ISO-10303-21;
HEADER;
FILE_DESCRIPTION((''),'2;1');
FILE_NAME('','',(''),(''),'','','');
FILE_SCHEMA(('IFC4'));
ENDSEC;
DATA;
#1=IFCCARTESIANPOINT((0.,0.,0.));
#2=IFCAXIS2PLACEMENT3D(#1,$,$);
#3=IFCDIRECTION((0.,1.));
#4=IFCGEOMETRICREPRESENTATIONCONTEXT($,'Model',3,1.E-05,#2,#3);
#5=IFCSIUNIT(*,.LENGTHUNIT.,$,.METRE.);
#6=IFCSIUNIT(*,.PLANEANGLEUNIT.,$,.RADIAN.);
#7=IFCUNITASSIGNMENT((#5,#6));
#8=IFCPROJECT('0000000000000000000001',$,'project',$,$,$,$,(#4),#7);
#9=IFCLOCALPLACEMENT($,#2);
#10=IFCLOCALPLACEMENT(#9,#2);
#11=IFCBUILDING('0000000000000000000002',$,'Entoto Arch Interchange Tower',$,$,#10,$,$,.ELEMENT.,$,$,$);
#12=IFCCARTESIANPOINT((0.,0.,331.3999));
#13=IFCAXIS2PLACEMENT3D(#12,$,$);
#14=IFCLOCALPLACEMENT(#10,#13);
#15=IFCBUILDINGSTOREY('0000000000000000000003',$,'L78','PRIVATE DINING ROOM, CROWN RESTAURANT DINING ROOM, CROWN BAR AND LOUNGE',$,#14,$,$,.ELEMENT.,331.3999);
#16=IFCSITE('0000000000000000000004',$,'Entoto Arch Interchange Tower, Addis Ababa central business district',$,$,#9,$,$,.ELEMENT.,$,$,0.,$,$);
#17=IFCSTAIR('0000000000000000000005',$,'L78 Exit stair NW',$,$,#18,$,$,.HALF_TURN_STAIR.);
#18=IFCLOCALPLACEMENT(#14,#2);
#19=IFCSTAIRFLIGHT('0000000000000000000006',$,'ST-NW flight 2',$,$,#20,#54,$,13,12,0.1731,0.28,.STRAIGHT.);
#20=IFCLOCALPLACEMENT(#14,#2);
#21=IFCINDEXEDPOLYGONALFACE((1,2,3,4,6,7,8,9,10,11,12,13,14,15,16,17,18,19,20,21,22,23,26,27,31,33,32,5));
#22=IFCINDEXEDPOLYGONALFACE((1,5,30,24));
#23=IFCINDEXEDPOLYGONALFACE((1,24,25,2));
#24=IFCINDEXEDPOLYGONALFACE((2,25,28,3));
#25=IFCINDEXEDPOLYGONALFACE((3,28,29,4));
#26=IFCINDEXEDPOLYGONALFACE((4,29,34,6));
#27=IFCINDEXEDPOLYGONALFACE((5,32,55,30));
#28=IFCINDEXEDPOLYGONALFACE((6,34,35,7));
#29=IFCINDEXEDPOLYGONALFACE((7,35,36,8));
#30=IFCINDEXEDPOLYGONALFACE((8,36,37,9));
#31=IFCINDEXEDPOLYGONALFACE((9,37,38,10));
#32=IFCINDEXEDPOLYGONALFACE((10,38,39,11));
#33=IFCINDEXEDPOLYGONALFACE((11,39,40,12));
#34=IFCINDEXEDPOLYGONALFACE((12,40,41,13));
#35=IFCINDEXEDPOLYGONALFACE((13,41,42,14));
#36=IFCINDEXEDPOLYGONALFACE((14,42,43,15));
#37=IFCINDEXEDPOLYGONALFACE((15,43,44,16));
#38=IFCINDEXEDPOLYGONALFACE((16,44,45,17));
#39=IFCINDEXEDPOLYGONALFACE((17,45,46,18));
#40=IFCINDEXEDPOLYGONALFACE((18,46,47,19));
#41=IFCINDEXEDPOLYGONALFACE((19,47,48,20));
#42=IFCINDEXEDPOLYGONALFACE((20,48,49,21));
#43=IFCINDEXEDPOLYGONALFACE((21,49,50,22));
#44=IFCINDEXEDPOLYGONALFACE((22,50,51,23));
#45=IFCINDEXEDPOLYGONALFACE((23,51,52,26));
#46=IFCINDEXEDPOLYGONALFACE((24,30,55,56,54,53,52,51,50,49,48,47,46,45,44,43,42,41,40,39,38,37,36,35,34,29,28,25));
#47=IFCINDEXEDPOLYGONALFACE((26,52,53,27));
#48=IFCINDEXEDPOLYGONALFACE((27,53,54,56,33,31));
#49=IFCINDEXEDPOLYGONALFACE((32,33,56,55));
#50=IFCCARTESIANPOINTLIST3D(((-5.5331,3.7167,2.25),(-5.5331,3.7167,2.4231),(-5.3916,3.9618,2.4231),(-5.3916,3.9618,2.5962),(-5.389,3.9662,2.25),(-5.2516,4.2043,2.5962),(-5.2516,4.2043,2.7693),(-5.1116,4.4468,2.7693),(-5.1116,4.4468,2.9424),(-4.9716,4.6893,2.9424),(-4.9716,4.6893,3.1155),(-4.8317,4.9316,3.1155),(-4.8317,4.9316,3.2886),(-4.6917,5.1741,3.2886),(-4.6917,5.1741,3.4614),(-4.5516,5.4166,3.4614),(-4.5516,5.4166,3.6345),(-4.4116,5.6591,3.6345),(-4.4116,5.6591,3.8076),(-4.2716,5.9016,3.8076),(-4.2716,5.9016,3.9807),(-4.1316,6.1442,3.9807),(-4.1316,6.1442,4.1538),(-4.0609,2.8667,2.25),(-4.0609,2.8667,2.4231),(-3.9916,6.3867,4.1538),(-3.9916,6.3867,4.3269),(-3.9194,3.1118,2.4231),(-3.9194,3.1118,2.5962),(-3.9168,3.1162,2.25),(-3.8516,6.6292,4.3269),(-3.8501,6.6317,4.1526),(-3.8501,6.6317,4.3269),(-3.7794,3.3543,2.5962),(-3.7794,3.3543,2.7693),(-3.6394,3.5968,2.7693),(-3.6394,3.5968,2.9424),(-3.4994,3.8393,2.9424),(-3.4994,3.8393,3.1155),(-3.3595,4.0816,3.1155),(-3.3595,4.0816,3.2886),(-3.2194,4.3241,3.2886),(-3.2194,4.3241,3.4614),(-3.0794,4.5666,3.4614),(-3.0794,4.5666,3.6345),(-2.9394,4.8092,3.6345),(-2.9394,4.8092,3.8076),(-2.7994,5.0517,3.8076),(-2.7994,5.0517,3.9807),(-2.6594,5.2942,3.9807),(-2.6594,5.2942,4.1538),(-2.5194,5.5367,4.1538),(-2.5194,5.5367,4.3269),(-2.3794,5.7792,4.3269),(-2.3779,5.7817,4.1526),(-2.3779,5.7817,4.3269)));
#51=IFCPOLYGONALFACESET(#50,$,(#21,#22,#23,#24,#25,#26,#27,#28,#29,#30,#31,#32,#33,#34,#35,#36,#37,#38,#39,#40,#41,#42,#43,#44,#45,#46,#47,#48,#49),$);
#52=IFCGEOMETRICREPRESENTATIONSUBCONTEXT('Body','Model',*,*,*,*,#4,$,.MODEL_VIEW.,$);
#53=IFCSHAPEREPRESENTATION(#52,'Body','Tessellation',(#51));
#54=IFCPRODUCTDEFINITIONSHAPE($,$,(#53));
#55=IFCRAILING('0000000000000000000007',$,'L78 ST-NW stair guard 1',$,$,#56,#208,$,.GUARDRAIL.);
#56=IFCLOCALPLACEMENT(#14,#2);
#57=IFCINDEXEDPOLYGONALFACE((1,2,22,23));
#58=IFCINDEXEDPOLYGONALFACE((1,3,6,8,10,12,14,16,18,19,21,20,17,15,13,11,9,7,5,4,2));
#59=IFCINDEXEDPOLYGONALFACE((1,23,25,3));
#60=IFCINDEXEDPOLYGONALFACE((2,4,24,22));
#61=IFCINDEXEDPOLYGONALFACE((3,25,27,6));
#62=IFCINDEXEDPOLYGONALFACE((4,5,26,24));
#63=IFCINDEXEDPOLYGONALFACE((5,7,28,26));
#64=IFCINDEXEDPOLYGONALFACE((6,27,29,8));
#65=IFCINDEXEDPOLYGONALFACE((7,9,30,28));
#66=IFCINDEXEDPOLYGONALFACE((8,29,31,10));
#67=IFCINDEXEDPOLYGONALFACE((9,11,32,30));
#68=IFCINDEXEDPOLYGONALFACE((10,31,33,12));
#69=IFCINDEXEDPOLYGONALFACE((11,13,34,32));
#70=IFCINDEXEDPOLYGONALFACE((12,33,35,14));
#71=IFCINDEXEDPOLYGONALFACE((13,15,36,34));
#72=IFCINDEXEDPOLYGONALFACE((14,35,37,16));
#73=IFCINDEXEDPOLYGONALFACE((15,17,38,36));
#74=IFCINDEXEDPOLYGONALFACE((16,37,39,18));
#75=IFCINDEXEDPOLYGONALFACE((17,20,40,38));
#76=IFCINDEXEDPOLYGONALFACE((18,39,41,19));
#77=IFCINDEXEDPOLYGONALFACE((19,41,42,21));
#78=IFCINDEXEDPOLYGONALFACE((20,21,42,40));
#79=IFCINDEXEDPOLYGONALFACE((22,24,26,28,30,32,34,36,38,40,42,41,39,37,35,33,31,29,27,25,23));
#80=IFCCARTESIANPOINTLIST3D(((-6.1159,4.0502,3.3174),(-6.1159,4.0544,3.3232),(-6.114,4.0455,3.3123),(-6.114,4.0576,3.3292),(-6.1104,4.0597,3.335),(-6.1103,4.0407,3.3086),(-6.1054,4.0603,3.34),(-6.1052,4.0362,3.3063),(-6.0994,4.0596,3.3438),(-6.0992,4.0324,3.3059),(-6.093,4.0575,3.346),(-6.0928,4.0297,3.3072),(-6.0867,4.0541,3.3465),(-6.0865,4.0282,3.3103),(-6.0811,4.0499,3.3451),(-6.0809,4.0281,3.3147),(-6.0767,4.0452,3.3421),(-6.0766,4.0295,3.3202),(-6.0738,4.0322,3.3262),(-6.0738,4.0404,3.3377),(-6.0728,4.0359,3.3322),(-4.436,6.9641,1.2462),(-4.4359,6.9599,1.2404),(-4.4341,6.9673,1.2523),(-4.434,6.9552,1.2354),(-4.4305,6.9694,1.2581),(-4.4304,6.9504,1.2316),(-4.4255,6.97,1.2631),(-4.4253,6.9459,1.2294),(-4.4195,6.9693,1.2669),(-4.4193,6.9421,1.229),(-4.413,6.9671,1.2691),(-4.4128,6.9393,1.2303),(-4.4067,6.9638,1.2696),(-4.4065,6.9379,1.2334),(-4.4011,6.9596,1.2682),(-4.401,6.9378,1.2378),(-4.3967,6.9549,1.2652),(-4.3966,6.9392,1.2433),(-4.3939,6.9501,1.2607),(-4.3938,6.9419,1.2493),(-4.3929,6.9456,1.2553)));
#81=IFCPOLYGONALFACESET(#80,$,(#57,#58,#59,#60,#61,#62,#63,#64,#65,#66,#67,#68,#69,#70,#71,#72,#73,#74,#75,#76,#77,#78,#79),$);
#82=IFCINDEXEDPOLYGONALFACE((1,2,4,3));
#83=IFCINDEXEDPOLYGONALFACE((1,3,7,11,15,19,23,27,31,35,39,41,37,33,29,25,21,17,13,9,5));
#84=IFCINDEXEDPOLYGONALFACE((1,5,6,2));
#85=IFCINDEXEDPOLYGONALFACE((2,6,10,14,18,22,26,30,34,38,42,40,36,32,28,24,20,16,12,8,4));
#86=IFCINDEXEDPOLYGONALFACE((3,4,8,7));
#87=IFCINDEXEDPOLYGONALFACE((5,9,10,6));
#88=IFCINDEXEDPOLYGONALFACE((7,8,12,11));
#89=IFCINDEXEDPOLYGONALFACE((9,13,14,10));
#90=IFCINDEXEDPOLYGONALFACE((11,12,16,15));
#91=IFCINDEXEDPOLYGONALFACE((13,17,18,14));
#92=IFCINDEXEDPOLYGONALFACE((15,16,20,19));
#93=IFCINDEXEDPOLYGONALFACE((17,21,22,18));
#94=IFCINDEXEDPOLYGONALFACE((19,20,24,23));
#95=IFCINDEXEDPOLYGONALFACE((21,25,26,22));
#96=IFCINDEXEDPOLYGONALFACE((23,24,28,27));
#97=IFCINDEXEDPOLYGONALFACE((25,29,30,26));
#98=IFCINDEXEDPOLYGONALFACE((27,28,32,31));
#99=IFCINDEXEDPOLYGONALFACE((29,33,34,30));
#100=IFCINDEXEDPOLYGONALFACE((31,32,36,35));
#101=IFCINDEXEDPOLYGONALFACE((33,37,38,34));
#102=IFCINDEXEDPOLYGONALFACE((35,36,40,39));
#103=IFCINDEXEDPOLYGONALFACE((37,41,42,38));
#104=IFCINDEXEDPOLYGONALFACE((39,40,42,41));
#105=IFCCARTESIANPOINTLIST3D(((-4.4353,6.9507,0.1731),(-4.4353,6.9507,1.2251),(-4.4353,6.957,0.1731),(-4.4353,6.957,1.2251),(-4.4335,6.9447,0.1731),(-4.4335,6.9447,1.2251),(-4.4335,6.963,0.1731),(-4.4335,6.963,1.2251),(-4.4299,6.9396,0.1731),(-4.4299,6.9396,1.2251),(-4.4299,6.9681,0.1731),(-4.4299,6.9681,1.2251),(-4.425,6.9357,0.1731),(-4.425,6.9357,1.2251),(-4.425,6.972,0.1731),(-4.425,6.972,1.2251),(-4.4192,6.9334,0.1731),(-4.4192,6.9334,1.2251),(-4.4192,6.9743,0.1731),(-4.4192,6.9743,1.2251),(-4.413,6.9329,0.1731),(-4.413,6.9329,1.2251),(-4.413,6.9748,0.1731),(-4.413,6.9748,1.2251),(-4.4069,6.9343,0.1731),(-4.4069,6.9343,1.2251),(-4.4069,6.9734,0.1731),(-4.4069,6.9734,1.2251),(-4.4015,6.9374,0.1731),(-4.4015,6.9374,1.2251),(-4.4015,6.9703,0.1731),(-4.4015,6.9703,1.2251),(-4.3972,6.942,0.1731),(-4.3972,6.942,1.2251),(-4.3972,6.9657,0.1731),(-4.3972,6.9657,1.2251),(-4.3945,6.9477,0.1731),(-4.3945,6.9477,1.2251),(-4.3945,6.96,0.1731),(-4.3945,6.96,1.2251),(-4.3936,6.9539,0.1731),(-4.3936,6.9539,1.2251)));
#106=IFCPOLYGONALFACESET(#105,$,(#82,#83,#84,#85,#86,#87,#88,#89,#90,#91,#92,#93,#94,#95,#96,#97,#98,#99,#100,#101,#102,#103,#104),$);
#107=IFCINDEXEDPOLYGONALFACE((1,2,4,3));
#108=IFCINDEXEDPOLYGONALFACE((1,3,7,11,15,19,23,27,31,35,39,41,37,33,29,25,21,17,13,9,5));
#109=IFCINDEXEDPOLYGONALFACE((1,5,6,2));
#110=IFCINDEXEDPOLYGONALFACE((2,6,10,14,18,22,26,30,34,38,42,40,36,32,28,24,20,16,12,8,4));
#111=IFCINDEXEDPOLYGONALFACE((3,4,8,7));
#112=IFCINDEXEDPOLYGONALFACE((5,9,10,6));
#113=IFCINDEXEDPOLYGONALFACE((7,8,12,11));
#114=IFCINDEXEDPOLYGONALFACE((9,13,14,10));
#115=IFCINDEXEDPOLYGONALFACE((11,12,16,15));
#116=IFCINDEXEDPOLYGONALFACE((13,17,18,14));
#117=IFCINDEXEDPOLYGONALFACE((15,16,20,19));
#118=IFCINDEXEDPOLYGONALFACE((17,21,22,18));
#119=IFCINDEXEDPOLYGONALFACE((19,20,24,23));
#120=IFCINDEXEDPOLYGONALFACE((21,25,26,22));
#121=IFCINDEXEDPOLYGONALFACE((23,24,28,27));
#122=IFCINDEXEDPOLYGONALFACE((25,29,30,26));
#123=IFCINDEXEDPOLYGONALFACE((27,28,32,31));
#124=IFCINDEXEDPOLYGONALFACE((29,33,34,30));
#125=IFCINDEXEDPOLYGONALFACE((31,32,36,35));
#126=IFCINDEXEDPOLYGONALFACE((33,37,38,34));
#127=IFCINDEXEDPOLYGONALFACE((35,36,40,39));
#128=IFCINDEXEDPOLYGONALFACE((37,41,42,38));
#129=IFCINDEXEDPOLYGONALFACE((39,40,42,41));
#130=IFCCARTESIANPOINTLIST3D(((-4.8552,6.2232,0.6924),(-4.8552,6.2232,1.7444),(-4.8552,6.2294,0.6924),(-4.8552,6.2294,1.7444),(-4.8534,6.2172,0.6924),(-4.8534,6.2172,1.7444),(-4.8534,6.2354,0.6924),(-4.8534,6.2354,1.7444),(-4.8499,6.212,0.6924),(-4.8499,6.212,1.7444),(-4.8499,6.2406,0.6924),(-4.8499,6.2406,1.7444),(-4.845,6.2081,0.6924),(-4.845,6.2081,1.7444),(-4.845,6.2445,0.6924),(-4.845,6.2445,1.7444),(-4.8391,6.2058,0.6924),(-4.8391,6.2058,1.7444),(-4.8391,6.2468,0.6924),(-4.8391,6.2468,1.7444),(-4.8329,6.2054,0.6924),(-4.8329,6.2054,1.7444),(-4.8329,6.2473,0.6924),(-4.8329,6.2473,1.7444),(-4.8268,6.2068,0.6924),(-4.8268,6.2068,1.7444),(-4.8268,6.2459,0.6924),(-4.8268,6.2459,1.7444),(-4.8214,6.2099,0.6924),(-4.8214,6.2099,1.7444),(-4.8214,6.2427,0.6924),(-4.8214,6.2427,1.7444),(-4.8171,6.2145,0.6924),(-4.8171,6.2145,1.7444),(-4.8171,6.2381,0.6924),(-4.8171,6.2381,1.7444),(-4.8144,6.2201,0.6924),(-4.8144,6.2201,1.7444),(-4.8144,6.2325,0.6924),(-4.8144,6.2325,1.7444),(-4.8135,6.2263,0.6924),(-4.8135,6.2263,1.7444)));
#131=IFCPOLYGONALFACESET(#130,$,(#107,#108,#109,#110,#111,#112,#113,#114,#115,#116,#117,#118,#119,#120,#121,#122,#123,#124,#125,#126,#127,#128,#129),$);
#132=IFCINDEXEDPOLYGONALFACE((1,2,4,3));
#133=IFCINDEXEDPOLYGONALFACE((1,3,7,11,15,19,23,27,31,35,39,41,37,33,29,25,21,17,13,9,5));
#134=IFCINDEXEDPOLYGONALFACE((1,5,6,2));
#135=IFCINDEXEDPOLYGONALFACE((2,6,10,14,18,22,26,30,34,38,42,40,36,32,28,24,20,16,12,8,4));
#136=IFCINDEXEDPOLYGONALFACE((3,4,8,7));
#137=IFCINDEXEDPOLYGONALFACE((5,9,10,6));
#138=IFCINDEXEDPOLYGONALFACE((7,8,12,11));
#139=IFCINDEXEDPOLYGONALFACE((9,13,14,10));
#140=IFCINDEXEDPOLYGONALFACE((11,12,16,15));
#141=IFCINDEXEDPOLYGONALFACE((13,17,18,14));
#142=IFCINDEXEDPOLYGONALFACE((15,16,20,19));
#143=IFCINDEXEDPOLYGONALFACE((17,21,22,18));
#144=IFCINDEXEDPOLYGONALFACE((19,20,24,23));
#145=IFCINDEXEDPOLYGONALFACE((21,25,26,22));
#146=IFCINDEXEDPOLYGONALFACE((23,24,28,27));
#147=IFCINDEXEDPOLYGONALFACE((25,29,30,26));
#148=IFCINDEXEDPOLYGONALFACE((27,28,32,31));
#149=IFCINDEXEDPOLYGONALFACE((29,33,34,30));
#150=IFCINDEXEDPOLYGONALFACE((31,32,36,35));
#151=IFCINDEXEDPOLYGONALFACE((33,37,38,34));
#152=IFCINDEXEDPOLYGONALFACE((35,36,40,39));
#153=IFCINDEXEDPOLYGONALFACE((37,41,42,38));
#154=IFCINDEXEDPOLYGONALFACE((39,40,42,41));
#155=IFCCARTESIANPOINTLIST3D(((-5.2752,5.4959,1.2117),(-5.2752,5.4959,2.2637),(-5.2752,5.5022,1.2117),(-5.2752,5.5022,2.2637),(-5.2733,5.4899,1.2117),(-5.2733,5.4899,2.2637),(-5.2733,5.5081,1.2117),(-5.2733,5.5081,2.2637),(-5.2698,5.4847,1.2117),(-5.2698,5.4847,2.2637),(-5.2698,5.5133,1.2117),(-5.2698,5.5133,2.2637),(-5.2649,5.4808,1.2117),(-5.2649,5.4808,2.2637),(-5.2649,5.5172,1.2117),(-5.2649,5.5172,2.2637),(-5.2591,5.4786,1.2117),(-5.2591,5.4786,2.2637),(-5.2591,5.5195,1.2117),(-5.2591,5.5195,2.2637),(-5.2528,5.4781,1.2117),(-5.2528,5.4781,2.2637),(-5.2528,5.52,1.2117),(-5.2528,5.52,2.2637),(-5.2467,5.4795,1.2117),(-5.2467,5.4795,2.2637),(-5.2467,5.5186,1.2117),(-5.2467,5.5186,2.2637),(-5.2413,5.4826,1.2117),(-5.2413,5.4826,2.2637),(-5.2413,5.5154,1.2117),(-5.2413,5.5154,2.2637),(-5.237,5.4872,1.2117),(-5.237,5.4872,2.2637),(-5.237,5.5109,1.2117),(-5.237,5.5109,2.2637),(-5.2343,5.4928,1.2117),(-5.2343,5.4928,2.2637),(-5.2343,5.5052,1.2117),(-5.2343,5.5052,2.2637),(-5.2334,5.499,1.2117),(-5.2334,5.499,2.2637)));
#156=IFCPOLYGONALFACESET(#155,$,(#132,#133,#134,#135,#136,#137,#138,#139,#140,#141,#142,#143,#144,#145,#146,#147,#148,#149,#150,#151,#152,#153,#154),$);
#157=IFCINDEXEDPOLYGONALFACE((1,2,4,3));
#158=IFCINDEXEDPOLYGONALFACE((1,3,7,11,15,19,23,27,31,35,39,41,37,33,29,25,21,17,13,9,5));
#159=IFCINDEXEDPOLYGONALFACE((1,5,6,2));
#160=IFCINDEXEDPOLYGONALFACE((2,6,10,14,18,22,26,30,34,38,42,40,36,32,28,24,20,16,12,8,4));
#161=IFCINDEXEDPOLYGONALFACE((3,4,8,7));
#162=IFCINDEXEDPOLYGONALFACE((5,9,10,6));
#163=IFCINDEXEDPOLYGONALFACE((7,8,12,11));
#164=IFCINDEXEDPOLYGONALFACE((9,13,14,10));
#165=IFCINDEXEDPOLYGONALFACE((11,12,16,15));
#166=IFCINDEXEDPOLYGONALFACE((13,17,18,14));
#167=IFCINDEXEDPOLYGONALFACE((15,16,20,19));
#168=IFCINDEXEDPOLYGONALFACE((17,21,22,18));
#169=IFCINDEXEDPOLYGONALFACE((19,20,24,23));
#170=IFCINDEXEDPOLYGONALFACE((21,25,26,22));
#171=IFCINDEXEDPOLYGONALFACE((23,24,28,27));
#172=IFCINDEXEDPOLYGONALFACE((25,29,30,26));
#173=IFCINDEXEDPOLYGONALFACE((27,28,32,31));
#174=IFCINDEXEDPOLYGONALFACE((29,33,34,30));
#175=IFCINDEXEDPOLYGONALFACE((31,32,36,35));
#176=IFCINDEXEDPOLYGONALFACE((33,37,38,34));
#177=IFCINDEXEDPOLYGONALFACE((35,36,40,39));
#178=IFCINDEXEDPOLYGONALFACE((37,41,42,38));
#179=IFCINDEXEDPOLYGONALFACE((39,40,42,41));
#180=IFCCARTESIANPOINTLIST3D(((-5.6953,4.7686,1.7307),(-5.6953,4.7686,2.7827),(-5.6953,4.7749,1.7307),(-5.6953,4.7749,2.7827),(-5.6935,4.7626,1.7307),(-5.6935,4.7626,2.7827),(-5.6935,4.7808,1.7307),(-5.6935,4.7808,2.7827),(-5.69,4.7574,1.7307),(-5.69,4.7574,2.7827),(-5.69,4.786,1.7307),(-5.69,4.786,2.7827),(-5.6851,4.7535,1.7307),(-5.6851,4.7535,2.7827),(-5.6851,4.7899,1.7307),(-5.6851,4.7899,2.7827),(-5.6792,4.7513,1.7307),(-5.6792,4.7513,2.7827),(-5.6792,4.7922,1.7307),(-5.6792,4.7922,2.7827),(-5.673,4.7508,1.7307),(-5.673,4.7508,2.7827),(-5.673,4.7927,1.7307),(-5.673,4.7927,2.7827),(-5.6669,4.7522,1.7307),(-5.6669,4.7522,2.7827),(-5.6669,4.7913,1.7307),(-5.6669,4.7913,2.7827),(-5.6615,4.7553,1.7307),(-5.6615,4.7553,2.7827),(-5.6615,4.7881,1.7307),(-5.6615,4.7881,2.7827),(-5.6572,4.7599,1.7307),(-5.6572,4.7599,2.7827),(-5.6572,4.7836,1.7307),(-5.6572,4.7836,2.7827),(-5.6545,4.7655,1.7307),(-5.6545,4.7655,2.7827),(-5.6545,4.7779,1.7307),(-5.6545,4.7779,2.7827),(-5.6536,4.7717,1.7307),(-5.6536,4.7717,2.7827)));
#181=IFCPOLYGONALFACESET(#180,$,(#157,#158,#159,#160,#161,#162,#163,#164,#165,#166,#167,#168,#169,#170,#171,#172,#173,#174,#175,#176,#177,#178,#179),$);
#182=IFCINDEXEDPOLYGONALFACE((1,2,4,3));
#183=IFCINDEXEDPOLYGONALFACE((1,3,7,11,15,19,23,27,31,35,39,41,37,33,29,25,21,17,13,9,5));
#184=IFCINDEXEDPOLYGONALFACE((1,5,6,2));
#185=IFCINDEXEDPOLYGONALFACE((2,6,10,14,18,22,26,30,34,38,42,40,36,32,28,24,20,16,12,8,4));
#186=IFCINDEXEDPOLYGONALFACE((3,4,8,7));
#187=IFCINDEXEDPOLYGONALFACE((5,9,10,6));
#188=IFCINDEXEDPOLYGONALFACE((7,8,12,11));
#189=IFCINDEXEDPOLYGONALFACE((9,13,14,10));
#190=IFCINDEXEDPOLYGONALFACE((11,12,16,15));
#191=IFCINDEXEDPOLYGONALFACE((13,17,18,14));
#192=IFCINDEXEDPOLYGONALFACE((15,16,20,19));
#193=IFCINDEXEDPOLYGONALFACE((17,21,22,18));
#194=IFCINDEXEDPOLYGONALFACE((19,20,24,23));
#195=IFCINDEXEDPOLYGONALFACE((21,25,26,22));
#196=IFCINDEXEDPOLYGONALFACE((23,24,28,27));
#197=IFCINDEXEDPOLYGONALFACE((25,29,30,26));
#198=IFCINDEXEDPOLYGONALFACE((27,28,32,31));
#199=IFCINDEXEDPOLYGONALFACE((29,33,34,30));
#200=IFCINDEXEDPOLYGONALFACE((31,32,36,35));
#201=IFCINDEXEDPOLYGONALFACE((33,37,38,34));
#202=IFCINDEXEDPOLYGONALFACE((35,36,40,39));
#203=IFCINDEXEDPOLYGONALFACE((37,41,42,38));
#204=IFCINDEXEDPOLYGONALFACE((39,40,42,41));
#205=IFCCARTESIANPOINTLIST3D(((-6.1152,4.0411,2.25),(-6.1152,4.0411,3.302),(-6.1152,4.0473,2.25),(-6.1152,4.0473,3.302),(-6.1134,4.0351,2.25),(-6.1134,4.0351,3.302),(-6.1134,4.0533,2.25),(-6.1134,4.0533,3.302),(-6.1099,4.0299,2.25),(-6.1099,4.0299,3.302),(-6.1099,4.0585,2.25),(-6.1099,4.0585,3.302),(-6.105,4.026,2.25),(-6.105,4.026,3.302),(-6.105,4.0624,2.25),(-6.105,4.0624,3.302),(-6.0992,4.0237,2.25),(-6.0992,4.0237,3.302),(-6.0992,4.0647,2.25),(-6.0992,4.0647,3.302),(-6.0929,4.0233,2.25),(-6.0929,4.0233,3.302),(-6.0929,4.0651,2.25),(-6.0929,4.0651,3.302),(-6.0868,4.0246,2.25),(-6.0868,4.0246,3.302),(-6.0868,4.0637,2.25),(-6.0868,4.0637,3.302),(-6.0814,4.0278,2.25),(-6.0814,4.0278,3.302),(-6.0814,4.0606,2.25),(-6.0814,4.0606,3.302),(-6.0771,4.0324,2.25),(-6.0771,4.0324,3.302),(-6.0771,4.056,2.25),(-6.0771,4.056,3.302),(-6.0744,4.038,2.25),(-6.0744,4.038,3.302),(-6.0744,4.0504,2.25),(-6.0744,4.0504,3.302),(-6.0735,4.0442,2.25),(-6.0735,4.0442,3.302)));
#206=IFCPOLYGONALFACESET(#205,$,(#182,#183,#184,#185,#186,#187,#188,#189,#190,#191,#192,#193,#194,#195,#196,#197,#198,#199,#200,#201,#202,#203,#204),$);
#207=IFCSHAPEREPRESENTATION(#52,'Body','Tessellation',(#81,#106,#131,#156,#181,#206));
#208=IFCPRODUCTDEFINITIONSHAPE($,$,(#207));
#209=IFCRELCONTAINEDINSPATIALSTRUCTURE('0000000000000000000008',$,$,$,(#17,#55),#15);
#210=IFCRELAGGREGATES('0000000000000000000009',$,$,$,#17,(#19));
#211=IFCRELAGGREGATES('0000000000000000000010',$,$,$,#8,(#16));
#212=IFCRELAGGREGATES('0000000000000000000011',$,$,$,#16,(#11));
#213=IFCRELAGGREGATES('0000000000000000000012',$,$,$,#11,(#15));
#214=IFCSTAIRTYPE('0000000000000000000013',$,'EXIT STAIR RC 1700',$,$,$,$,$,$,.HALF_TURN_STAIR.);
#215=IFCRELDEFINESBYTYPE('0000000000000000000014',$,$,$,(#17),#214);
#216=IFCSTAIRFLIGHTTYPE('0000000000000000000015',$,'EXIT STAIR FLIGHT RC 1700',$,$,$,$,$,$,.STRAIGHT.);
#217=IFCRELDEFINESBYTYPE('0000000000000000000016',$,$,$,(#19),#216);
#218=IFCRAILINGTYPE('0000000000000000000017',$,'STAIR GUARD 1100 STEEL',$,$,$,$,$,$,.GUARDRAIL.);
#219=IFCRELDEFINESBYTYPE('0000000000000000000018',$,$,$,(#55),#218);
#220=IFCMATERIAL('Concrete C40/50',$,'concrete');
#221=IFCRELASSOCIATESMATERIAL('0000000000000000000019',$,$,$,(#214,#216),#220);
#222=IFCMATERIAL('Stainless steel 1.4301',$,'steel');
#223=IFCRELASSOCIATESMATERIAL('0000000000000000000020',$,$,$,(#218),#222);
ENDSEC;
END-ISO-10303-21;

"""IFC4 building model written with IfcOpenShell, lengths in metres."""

from ifc_helpers import new_model, si_unit, direction, frame, origin, origin_2d, place, context, subcontext, project, spatial, polyline, circle, outline, extrude, material, type_object, element, aggregate, save


model = new_model("IFC4")

# Units and contexts
model_context = context("Model", 3, precision=1e-05, world=origin(), true_north=direction((0.0, 1.0)))
body_context = subcontext(model_context, "Body", "Model", "MODEL_VIEW")
ifc_project = project(units=[si_unit("LENGTHUNIT", "METRE"), si_unit("PLANEANGLEUNIT", "RADIAN")], contexts=[model_context])

# Site, building, storey
site_placement = place(None, origin())
site = spatial("IfcSite", under=ifc_project, at=site_placement, Name="Entoto Arch Interchange Tower, Addis Ababa central business district", CompositionType="ELEMENT", RefElevation=0.0)
building_placement = place(site_placement, origin())
building = spatial("IfcBuilding", under=site, at=building_placement, Name="Entoto Arch Interchange Tower", CompositionType="ELEMENT")
storey_placement = place(building_placement, frame((0.0, 0.0, 331.3999)))
storey = spatial("IfcBuildingStorey", under=building, at=storey_placement, Name="L78", Description="PRIVATE DINING ROOM, CROWN RESTAURANT DINING ROOM, CROWN BAR AND LOUNGE", CompositionType="ELEMENT", Elevation=331.3999)

# Shared definitions
ifc_material_1 = material(Name="Concrete C40/50", Category="concrete")

# Stair, stair flight
stair_type = type_object("IfcStairType", Name="EXIT STAIR RC 1700", PredefinedType="HALF_TURN_STAIR", material=ifc_material_1)
stair_placement = place(storey_placement, origin())
stair = element("IfcStair", 1, at=stair_placement, inside=storey, type_object=stair_type, Name="L78 Exit stair NW", PredefinedType="HALF_TURN_STAIR")
stair_flight_type = type_object("IfcStairFlightType", Name="EXIT STAIR FLIGHT RC 1700", PredefinedType="STRAIGHT", material=ifc_material_1)
stair_flight_placement = place(storey_placement, frame((-4.7954, 3.2942, 2.25), z_axis=(0.0, 0.0, 1.0), x_axis=(0.5, 0.866025, 0.0)))
stair_flight = element("IfcStairFlight", 2, at=stair_flight_placement, type_object=stair_flight_type, Name="ST-NW flight 2", NumberOfRisers=13, NumberOfTreads=12, PredefinedType="STRAIGHT", RiserHeight=0.1731, TreadLength=0.28, context=body_context, shape_type="SweptSolid", body=[
    extrude(outline(polyline([(-0.0029, 0.0), (-0.0029, 0.1731), (0.28, 0.1731), (0.28, 0.3462), (0.5601, 0.3462), (0.5601, 0.5193), (0.8401, 0.5193), (0.8401, 0.6924), (1.1201, 0.6924), (1.1201, 0.8655), (1.3999, 0.8655), (1.3999, 1.0386), (1.6799, 1.0386), (1.6799, 1.2114), (1.96, 1.2114), (1.96, 1.3845), (2.24, 1.3845), (2.24, 1.5576), (2.52, 1.5576), (2.52, 1.7307), (2.8, 1.7307), (2.8, 1.9038), (3.0801, 1.9038), (3.0801, 2.0769), (3.3601, 2.0769), (3.363, 2.0769), (3.363, 1.9026), (0.2852, 0.0), (-0.0029, 0.0)])), frame((0.0, 0.8501, 0.0), z_axis=(0.0, -1.0, 0.0), x_axis=(1.0, 0.0, 0.0)), (0.0, 0.0, 1.0), 1.7),
])
aggregate(stair, [stair_flight])

# Railing
ifc_material_2 = material(Name="Stainless steel 1.4301", Category="steel")
railing_type_1 = type_object("IfcRailingType", Name="STAIR GUARD 1100 STEEL", PredefinedType="GUARDRAIL", material=ifc_material_2)
railing_1_placement = place(storey_placement, frame((-4.4146, 6.9539, 0.1731)))
element("IfcRailing", 3, at=railing_1_placement, inside=storey, type_object=railing_type_1, Name="L78 ST-NW stair guard 1", PredefinedType="GUARDRAIL", context=body_context, shape_type="SweptSolid", body=[
    extrude(circle(Radius=0.0239, at=origin_2d()), frame((0.0, 0.0, 1.0762), z_axis=(-0.425308, -0.73664, 0.525809), x_axis=(0.866021, -0.500008, 0.0)), (0.0, 0.0, 1.0), 3.95),
    extrude(circle(Radius=0.021, at=origin_2d()), origin(), (0.0, 0.0, 1.0), 1.052),
    extrude(circle(Radius=0.021, at=origin_2d()), frame((-0.4199, -0.7275, 0.5193)), (0.0, 0.0, 1.0), 1.052),
    extrude(circle(Radius=0.021, at=origin_2d()), frame((-0.8398, -1.4548, 1.0386)), (0.0, 0.0, 1.0), 1.052),
    extrude(circle(Radius=0.021, at=origin_2d()), frame((-1.26, -2.1821, 1.5576)), (0.0, 0.0, 1.0), 1.052),
    extrude(circle(Radius=0.021, at=origin_2d()), frame((-1.6799, -2.9097, 2.0769)), (0.0, 0.0, 1.0), 1.052),
])

save(model, "model.ifc")
